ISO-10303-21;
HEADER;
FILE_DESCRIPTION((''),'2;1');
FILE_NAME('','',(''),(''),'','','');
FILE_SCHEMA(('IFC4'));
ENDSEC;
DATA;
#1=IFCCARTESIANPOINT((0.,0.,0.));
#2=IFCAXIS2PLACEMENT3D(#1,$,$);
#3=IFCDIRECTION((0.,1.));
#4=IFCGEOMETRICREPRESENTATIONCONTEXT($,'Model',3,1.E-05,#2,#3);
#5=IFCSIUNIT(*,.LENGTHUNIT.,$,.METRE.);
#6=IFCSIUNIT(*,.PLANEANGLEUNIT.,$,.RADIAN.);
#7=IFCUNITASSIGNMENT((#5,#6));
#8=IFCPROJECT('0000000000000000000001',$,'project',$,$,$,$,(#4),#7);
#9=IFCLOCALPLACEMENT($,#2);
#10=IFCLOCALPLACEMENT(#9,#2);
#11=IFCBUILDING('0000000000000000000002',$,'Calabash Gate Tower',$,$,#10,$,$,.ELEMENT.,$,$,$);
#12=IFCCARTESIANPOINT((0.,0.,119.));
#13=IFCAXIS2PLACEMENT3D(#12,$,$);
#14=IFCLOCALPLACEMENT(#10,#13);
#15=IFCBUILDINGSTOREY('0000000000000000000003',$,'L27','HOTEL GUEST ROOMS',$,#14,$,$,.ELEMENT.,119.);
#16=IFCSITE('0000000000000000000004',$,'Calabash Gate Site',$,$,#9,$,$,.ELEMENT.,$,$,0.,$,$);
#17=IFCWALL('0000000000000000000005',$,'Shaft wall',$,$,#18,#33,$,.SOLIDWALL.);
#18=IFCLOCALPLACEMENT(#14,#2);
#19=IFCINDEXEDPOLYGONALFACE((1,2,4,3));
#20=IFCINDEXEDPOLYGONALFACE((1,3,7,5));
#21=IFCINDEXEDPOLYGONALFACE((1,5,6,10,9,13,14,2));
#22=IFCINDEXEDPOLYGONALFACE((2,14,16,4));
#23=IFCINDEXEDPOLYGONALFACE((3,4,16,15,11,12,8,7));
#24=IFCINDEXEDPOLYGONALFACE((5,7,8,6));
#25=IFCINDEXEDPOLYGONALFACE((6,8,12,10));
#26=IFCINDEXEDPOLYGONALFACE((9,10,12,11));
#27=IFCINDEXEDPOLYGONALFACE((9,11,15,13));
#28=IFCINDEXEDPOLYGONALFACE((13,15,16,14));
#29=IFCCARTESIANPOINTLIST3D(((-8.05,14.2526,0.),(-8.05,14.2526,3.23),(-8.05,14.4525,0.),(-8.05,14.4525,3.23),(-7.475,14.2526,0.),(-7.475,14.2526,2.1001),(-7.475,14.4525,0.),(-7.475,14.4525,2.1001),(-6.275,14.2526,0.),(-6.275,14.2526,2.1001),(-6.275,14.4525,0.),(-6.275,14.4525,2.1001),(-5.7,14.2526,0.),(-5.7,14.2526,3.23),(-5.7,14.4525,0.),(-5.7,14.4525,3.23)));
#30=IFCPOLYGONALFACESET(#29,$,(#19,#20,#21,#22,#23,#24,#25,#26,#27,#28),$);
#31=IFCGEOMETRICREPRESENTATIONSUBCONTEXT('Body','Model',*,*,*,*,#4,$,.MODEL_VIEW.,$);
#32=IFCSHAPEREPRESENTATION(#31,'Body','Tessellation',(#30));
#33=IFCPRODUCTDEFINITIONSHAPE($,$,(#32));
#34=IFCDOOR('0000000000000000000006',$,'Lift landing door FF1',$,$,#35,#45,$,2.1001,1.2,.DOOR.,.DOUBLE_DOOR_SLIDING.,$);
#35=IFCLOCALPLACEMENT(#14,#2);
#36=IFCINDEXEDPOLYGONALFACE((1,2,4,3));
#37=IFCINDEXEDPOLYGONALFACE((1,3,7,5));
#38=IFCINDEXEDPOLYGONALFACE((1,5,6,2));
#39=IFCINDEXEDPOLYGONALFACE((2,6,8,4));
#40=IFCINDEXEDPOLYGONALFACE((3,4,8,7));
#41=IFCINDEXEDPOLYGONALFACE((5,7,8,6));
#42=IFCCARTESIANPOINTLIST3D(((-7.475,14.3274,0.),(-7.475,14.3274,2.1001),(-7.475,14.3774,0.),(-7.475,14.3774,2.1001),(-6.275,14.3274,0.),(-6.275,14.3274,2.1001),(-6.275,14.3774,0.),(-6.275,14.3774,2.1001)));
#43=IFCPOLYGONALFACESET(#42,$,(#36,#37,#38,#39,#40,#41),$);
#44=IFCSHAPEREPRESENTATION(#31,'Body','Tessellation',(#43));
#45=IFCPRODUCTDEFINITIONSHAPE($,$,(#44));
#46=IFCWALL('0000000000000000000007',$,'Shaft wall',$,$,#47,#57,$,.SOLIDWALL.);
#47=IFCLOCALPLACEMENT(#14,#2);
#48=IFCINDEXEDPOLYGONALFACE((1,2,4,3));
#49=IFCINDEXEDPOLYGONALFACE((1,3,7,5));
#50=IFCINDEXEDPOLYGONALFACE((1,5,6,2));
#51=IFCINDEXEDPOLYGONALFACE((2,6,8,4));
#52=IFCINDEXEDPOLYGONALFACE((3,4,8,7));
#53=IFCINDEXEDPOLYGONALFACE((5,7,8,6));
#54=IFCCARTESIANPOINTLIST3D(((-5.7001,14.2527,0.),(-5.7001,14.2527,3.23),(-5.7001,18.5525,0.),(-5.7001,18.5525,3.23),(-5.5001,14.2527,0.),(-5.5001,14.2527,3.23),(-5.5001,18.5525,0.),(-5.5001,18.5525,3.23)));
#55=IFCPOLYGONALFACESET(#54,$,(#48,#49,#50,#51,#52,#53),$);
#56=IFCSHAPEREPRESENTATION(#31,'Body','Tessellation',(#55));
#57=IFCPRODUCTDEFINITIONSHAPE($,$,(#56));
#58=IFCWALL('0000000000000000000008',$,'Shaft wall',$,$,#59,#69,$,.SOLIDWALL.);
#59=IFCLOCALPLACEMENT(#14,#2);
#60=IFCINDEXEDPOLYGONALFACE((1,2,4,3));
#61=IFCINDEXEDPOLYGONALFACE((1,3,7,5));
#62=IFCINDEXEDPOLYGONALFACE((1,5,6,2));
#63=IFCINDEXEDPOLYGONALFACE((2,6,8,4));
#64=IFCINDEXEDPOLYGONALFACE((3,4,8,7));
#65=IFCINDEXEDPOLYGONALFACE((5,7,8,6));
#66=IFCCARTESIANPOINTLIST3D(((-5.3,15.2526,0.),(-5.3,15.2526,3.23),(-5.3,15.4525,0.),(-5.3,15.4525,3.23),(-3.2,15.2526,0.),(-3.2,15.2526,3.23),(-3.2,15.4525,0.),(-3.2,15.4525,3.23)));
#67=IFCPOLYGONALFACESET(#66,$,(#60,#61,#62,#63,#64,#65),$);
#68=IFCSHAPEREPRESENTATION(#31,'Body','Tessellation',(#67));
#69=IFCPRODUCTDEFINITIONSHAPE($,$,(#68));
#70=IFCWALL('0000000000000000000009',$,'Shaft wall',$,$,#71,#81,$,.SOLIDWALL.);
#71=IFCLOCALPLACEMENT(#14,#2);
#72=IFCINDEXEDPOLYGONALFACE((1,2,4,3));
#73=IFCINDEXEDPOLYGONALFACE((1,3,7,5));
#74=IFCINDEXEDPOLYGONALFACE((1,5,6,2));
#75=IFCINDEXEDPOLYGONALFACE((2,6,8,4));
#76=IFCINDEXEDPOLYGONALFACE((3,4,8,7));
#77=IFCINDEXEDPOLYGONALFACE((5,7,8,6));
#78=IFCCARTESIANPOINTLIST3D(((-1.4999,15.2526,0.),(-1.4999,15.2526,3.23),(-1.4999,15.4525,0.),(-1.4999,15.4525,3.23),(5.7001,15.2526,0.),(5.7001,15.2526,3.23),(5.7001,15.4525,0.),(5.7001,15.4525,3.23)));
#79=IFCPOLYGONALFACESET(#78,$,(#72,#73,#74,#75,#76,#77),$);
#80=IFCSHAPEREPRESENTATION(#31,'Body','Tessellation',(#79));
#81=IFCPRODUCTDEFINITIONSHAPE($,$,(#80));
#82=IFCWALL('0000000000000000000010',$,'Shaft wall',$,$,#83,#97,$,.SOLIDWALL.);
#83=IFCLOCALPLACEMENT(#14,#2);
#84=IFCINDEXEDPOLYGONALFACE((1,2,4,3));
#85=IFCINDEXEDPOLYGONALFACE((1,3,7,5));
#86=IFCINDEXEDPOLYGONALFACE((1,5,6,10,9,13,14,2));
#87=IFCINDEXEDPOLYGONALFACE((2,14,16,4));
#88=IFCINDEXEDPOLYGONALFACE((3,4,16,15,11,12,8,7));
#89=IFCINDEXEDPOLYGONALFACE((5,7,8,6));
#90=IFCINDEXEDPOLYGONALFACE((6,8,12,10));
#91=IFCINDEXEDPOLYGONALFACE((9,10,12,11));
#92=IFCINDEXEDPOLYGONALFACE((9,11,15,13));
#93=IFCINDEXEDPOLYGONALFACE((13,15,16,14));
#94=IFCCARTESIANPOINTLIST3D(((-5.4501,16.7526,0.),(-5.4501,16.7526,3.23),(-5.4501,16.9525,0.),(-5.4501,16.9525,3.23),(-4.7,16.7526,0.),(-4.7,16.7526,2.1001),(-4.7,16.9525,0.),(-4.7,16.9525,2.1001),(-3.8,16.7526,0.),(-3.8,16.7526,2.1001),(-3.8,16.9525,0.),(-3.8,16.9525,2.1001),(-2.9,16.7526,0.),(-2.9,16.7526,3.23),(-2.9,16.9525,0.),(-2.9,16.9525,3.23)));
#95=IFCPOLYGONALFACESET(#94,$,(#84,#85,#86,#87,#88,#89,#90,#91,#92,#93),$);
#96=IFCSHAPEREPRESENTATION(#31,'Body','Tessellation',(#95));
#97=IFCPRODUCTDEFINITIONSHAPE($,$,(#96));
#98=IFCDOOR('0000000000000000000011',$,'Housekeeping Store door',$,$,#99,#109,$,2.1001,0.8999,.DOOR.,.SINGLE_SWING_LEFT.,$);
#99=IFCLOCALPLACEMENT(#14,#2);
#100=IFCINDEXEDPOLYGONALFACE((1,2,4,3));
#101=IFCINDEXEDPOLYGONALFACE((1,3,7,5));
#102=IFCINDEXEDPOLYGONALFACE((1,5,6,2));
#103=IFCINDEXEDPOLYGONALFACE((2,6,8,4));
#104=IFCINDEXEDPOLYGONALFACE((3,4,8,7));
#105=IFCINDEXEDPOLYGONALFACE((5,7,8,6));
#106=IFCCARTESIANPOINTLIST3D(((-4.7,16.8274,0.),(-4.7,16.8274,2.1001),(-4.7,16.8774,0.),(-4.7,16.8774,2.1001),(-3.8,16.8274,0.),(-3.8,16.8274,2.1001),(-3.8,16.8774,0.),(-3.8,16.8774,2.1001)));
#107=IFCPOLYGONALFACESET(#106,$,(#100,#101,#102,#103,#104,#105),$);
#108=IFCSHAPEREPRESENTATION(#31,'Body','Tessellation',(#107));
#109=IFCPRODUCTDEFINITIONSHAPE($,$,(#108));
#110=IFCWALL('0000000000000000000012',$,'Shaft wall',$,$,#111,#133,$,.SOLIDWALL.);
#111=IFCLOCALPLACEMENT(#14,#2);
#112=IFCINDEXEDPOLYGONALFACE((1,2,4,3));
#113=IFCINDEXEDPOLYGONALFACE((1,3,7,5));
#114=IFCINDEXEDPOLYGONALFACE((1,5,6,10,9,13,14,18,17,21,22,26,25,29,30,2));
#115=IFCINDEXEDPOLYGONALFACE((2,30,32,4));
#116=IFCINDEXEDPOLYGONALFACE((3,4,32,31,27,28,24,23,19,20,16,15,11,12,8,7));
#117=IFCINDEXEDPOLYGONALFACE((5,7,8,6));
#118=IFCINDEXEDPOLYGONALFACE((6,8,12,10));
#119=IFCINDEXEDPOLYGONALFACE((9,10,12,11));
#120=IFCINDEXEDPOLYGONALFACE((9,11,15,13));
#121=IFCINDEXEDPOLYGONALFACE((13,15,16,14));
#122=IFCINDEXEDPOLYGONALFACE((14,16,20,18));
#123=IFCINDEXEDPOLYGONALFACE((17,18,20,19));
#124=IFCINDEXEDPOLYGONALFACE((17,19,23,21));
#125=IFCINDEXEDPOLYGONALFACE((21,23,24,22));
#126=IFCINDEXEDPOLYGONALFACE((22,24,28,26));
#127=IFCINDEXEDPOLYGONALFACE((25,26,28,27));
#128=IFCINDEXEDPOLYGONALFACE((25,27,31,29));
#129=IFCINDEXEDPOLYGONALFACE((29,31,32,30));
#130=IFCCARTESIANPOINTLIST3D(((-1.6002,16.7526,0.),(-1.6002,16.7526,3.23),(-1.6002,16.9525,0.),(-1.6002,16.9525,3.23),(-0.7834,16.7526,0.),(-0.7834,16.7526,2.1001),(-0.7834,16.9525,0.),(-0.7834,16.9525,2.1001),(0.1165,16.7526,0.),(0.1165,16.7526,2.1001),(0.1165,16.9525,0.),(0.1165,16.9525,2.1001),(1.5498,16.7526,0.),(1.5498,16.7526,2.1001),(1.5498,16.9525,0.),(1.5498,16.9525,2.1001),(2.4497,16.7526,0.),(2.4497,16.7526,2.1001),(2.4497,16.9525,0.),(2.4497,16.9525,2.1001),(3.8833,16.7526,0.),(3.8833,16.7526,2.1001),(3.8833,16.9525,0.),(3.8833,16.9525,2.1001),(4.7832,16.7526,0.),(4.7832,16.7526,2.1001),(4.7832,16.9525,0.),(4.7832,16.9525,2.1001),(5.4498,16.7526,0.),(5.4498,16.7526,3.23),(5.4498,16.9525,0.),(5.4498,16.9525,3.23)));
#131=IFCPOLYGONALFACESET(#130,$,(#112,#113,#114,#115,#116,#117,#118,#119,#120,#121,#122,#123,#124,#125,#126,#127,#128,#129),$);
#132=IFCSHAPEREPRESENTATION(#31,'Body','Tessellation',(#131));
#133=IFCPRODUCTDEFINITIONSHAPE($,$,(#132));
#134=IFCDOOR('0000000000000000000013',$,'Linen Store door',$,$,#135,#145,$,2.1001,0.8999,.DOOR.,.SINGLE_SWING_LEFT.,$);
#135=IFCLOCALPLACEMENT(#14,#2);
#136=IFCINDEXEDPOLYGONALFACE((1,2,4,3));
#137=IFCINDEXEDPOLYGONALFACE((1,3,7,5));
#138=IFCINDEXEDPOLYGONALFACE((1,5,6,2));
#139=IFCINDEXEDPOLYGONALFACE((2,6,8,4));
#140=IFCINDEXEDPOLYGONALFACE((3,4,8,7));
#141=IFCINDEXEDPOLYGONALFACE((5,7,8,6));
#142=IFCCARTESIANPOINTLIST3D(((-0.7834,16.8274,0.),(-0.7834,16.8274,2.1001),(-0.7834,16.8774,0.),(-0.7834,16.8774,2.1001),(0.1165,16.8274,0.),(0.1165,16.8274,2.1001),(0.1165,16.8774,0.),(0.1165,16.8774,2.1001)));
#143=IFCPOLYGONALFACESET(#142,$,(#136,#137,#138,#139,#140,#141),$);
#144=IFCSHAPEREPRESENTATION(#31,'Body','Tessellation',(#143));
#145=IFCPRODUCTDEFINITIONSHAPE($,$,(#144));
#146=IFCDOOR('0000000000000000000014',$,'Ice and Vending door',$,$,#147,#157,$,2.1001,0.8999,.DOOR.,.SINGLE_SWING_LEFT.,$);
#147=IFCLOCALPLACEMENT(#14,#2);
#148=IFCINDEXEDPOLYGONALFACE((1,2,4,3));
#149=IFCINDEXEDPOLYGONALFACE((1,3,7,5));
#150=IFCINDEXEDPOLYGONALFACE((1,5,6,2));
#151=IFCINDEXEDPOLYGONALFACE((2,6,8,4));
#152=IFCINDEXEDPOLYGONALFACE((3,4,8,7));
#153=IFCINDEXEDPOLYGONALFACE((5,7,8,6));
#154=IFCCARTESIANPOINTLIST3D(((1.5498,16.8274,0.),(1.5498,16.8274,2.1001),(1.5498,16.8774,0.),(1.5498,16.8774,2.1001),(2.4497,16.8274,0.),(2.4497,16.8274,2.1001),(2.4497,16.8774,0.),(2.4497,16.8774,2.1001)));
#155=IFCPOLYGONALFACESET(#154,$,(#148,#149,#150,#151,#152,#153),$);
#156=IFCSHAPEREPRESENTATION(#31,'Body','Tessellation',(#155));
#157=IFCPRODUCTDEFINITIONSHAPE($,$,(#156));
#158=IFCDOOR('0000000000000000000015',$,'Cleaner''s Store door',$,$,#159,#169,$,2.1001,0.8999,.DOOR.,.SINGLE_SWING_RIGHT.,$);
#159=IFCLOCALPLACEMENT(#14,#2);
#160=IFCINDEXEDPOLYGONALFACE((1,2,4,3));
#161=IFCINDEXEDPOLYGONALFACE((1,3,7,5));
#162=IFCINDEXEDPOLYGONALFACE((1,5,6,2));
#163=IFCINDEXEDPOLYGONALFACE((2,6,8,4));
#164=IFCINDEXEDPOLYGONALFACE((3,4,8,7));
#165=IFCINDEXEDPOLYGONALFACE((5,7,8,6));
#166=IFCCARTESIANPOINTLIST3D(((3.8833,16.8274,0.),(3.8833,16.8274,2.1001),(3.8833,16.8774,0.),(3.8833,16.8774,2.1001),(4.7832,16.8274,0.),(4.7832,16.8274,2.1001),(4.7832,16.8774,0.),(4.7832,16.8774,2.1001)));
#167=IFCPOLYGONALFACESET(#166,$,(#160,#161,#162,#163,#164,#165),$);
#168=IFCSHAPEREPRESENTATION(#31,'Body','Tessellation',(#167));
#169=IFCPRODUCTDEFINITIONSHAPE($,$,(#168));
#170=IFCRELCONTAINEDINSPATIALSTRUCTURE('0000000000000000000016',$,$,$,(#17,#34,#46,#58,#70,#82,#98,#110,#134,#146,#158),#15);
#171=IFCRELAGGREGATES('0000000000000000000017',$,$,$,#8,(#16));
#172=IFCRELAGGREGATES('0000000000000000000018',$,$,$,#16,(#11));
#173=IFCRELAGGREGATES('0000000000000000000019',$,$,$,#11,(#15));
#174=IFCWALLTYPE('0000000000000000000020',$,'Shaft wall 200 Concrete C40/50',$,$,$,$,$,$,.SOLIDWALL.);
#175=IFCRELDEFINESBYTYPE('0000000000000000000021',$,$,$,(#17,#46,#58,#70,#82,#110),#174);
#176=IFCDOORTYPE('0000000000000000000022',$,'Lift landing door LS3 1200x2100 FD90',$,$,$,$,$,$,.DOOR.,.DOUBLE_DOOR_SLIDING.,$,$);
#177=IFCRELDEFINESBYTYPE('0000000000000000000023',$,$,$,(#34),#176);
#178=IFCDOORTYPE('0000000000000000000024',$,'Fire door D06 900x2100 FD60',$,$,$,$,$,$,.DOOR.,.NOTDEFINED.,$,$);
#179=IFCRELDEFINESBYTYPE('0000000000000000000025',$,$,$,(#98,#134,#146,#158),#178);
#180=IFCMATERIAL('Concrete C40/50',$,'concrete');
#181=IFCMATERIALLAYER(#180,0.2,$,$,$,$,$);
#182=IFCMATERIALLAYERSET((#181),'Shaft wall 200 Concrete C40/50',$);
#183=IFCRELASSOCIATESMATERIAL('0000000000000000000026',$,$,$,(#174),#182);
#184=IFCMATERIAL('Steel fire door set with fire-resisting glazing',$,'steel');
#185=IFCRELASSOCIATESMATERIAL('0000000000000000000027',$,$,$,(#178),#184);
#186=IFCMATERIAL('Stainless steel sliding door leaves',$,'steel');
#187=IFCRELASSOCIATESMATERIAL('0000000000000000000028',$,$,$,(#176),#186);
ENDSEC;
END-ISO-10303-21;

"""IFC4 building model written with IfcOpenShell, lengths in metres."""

from ifc_helpers import new_model, si_unit, direction, frame, frame_2d, origin, place, context, subcontext, project, spatial, rectangle, extrude, material, layer, layer_set, type_object, element, fill, save


model = new_model("IFC4")

# Units and contexts
model_context = context("Model", 3, precision=1e-05, world=origin(), true_north=direction((0.0, 1.0)))
body_context = subcontext(model_context, "Body", "Model", "MODEL_VIEW")
ifc_project = project(units=[si_unit("LENGTHUNIT", "METRE"), si_unit("PLANEANGLEUNIT", "RADIAN")], contexts=[model_context])

# Site, building, storey
site_placement = place(None, origin())
site = spatial("IfcSite", under=ifc_project, at=site_placement, Name="Calabash Gate Site", CompositionType="ELEMENT", RefElevation=0.0)
building_placement = place(site_placement, origin())
building = spatial("IfcBuilding", under=site, at=building_placement, Name="Calabash Gate Tower", CompositionType="ELEMENT")
storey_placement = place(building_placement, frame((0.0, 0.0, 119.0)))
storey = spatial("IfcBuildingStorey", under=building, at=storey_placement, Name="L27", Description="HOTEL GUEST ROOMS", CompositionType="ELEMENT", Elevation=119.0)

# Shared definitions
ifc_material_1 = material(Name="Concrete C40/50", Category="concrete")
ifc_layer_1 = layer(ifc_material_1, 0.2)
ifc_layer_set_1 = layer_set([ifc_layer_1], Name="Shaft wall 200 Concrete C40/50")
wall_type_1 = type_object("IfcWallType", Name="Shaft wall 200 Concrete C40/50", PredefinedType="SOLIDWALL", material=ifc_layer_set_1)

# Shared definitions
ifc_material_2 = material(Name="Steel fire door set with fire-resisting glazing", Category="steel")
door_type_1 = type_object("IfcDoorType", Name="Fire door D06 900x2100 FD60", OperationType="NOTDEFINED", PredefinedType="DOOR", material=ifc_material_2)

# Wall, opening, door
wall_1_placement = place(storey_placement, frame((-8.05, 14.3525, 0.0), z_axis=(0.0, 0.0, 1.0), x_axis=(1.0, 0.0, 0.0)))
wall_1 = element("IfcWall", 1, at=wall_1_placement, inside=storey, type_object=wall_type_1, Name="Shaft wall", PredefinedType="SOLIDWALL", context=body_context, shape_type="SweptSolid", body=[
    extrude(rectangle(XDim=2.3501, YDim=0.2, at=frame_2d((1.175, 0.0))), origin(), (0.0, 0.0, 1.0), 3.23),
])
opening_1_placement = place(wall_1_placement, frame((0.575, 0.0, 0.0)))
opening_1 = element("IfcOpeningElement", 2, at=opening_1_placement, cuts=wall_1, PredefinedType="OPENING", context=body_context, shape_type="SweptSolid", body=[
    extrude(rectangle(XDim=1.2, YDim=2.1001, at=frame_2d((0.6001, 1.05))), frame((0.0, 0.1099, 0.0), z_axis=(0.0, -1.0, 0.0), x_axis=(1.0, 0.0, 0.0)), (0.0, 0.0, 1.0), 0.22),
])
ifc_material_3 = material(Name="Stainless steel sliding door leaves", Category="steel")
door_type_2 = type_object("IfcDoorType", Name="Lift landing door LS3 1200x2100 FD90", OperationType="DOUBLE_DOOR_SLIDING", PredefinedType="DOOR", material=ifc_material_3)
door_1_placement = place(opening_1_placement, origin())
door_1 = element("IfcDoor", 3, at=door_1_placement, inside=storey, type_object=door_type_2, Name="Lift landing door FF1", OperationType="DOUBLE_DOOR_SLIDING", OverallHeight=2.1001, OverallWidth=1.2, PredefinedType="DOOR", context=body_context, shape_type="SweptSolid", body=[
    extrude(rectangle(XDim=1.2, YDim=2.1001, at=frame_2d((0.6001, 1.05))), frame((0.0, 0.0249, 0.0), z_axis=(0.0, -1.0, 0.0), x_axis=(1.0, 0.0, 0.0)), (0.0, 0.0, 1.0), 0.05),
])
fill(opening_1, door_1)

# Walls
wall_2_placement = place(storey_placement, frame((-5.6001, 14.2527, 0.0), z_axis=(0.0, 0.0, 1.0), x_axis=(0.0, 1.0, 0.0)))
element("IfcWall", 4, at=wall_2_placement, inside=storey, type_object=wall_type_1, Name="Shaft wall", PredefinedType="SOLIDWALL", context=body_context, shape_type="SweptSolid", body=[
    extrude(rectangle(XDim=4.2998, YDim=0.2, at=frame_2d((2.1499, 0.0))), origin(), (0.0, 0.0, 1.0), 3.23),
])
wall_3_placement = place(storey_placement, frame((-5.3, 15.3525, 0.0), z_axis=(0.0, 0.0, 1.0), x_axis=(1.0, 0.0, 0.0)))
element("IfcWall", 5, at=wall_3_placement, inside=storey, type_object=wall_type_1, Name="Shaft wall", PredefinedType="SOLIDWALL", context=body_context, shape_type="SweptSolid", body=[
    extrude(rectangle(XDim=2.1001, YDim=0.2, at=frame_2d((1.05, 0.0))), origin(), (0.0, 0.0, 1.0), 3.23),
])
wall_4_placement = place(storey_placement, frame((-1.5, 15.3525, 0.0), z_axis=(0.0, 0.0, 1.0), x_axis=(1.0, 0.0, 0.0)))
element("IfcWall", 6, at=wall_4_placement, inside=storey, type_object=wall_type_1, Name="Shaft wall", PredefinedType="SOLIDWALL", context=body_context, shape_type="SweptSolid", body=[
    extrude(rectangle(XDim=7.2, YDim=0.2, at=frame_2d((3.6001, 0.0))), origin(), (0.0, 0.0, 1.0), 3.23),
])

# Wall, opening, door
wall_5_placement = place(storey_placement, frame((-5.45, 16.8525, 0.0), z_axis=(0.0, 0.0, 1.0), x_axis=(1.0, 0.0, 0.0)))
wall_5 = element("IfcWall", 7, at=wall_5_placement, inside=storey, type_object=wall_type_1, Name="Shaft wall", PredefinedType="SOLIDWALL", context=body_context, shape_type="SweptSolid", body=[
    extrude(rectangle(XDim=2.55, YDim=0.2, at=frame_2d((1.2749, 0.0))), origin(), (0.0, 0.0, 1.0), 3.23),
])
opening_2_placement = place(wall_5_placement, frame((0.75, 0.0, 0.0)))
opening_2 = element("IfcOpeningElement", 8, at=opening_2_placement, cuts=wall_5, PredefinedType="OPENING", context=body_context, shape_type="SweptSolid", body=[
    extrude(rectangle(XDim=0.8999, YDim=2.1001, at=frame_2d((0.45, 1.05))), frame((0.0, 0.1099, 0.0), z_axis=(0.0, -1.0, 0.0), x_axis=(1.0, 0.0, 0.0)), (0.0, 0.0, 1.0), 0.22),
])
door_2_placement = place(opening_2_placement, origin())
door_2 = element("IfcDoor", 9, at=door_2_placement, inside=storey, type_object=door_type_1, Name="Housekeeping Store door", OperationType="SINGLE_SWING_LEFT", OverallHeight=2.1001, OverallWidth=0.8999, PredefinedType="DOOR", context=body_context, shape_type="SweptSolid", body=[
    extrude(rectangle(XDim=0.8999, YDim=2.1001, at=frame_2d((0.45, 1.05))), frame((0.0, 0.0249, 0.0), z_axis=(0.0, -1.0, 0.0), x_axis=(1.0, 0.0, 0.0)), (0.0, 0.0, 1.0), 0.05),
])
fill(opening_2, door_2)

# Wall, openings, doors
wall_6_placement = place(storey_placement, frame((-1.6001, 16.8525, 0.0), z_axis=(0.0, 0.0, 1.0), x_axis=(1.0, 0.0, 0.0)))
wall_6 = element("IfcWall", 10, at=wall_6_placement, inside=storey, type_object=wall_type_1, Name="Shaft wall", PredefinedType="SOLIDWALL", context=body_context, shape_type="SweptSolid", body=[
    extrude(rectangle(XDim=7.05, YDim=0.2, at=frame_2d((3.5249, 0.0))), origin(), (0.0, 0.0, 1.0), 3.23),
])
opening_3_placement = place(wall_6_placement, frame((0.8167, 0.0, 0.0)))
opening_3 = element("IfcOpeningElement", 11, at=opening_3_placement, cuts=wall_6, PredefinedType="OPENING", context=body_context, shape_type="SweptSolid", body=[
    extrude(rectangle(XDim=0.8999, YDim=2.1001, at=frame_2d((0.45, 1.05))), frame((0.0, 0.1099, 0.0), z_axis=(0.0, -1.0, 0.0), x_axis=(1.0, 0.0, 0.0)), (0.0, 0.0, 1.0), 0.22),
])
opening_4_placement = place(wall_6_placement, frame((3.1499, 0.0, 0.0)))
opening_4 = element("IfcOpeningElement", 12, at=opening_4_placement, cuts=wall_6, PredefinedType="OPENING", context=body_context, shape_type="SweptSolid", body=[
    extrude(rectangle(XDim=0.8999, YDim=2.1001, at=frame_2d((0.45, 1.05))), frame((0.0, 0.1099, 0.0), z_axis=(0.0, -1.0, 0.0), x_axis=(1.0, 0.0, 0.0)), (0.0, 0.0, 1.0), 0.22),
])
opening_5_placement = place(wall_6_placement, frame((5.4834, 0.0, 0.0)))
opening_5 = element("IfcOpeningElement", 13, at=opening_5_placement, cuts=wall_6, PredefinedType="OPENING", context=body_context, shape_type="SweptSolid", body=[
    extrude(rectangle(XDim=0.8999, YDim=2.1001, at=frame_2d((0.45, 1.05))), frame((0.0, 0.1099, 0.0), z_axis=(0.0, -1.0, 0.0), x_axis=(1.0, 0.0, 0.0)), (0.0, 0.0, 1.0), 0.22),
])
door_3_placement = place(opening_3_placement, origin())
door_3 = element("IfcDoor", 14, at=door_3_placement, inside=storey, type_object=door_type_1, Name="Linen Store door", OperationType="SINGLE_SWING_LEFT", OverallHeight=2.1001, OverallWidth=0.8999, PredefinedType="DOOR", context=body_context, shape_type="SweptSolid", body=[
    extrude(rectangle(XDim=0.8999, YDim=2.1001, at=frame_2d((0.45, 1.05))), frame((0.0, 0.0249, 0.0), z_axis=(0.0, -1.0, 0.0), x_axis=(1.0, 0.0, 0.0)), (0.0, 0.0, 1.0), 0.05),
])
fill(opening_3, door_3)
door_4_placement = place(opening_4_placement, origin())
door_4 = element("IfcDoor", 15, at=door_4_placement, inside=storey, type_object=door_type_1, Name="Ice and Vending door", OperationType="SINGLE_SWING_LEFT", OverallHeight=2.1001, OverallWidth=0.8999, PredefinedType="DOOR", context=body_context, shape_type="SweptSolid", body=[
    extrude(rectangle(XDim=0.8999, YDim=2.1001, at=frame_2d((0.45, 1.05))), frame((0.0, 0.0249, 0.0), z_axis=(0.0, -1.0, 0.0), x_axis=(1.0, 0.0, 0.0)), (0.0, 0.0, 1.0), 0.05),
])
fill(opening_4, door_4)
door_5_placement = place(opening_5_placement, origin())
door_5 = element("IfcDoor", 16, at=door_5_placement, inside=storey, type_object=door_type_1, Name="Cleaner's Store door", OperationType="SINGLE_SWING_RIGHT", OverallHeight=2.1001, OverallWidth=0.8999, PredefinedType="DOOR", context=body_context, shape_type="SweptSolid", body=[
    extrude(rectangle(XDim=0.8999, YDim=2.1001, at=frame_2d((0.45, 1.05))), frame((0.0, 0.0249, 0.0), z_axis=(0.0, -1.0, 0.0), x_axis=(1.0, 0.0, 0.0)), (0.0, 0.0, 1.0), 0.05),
])
fill(opening_5, door_5)

save(model, "model.ifc")
